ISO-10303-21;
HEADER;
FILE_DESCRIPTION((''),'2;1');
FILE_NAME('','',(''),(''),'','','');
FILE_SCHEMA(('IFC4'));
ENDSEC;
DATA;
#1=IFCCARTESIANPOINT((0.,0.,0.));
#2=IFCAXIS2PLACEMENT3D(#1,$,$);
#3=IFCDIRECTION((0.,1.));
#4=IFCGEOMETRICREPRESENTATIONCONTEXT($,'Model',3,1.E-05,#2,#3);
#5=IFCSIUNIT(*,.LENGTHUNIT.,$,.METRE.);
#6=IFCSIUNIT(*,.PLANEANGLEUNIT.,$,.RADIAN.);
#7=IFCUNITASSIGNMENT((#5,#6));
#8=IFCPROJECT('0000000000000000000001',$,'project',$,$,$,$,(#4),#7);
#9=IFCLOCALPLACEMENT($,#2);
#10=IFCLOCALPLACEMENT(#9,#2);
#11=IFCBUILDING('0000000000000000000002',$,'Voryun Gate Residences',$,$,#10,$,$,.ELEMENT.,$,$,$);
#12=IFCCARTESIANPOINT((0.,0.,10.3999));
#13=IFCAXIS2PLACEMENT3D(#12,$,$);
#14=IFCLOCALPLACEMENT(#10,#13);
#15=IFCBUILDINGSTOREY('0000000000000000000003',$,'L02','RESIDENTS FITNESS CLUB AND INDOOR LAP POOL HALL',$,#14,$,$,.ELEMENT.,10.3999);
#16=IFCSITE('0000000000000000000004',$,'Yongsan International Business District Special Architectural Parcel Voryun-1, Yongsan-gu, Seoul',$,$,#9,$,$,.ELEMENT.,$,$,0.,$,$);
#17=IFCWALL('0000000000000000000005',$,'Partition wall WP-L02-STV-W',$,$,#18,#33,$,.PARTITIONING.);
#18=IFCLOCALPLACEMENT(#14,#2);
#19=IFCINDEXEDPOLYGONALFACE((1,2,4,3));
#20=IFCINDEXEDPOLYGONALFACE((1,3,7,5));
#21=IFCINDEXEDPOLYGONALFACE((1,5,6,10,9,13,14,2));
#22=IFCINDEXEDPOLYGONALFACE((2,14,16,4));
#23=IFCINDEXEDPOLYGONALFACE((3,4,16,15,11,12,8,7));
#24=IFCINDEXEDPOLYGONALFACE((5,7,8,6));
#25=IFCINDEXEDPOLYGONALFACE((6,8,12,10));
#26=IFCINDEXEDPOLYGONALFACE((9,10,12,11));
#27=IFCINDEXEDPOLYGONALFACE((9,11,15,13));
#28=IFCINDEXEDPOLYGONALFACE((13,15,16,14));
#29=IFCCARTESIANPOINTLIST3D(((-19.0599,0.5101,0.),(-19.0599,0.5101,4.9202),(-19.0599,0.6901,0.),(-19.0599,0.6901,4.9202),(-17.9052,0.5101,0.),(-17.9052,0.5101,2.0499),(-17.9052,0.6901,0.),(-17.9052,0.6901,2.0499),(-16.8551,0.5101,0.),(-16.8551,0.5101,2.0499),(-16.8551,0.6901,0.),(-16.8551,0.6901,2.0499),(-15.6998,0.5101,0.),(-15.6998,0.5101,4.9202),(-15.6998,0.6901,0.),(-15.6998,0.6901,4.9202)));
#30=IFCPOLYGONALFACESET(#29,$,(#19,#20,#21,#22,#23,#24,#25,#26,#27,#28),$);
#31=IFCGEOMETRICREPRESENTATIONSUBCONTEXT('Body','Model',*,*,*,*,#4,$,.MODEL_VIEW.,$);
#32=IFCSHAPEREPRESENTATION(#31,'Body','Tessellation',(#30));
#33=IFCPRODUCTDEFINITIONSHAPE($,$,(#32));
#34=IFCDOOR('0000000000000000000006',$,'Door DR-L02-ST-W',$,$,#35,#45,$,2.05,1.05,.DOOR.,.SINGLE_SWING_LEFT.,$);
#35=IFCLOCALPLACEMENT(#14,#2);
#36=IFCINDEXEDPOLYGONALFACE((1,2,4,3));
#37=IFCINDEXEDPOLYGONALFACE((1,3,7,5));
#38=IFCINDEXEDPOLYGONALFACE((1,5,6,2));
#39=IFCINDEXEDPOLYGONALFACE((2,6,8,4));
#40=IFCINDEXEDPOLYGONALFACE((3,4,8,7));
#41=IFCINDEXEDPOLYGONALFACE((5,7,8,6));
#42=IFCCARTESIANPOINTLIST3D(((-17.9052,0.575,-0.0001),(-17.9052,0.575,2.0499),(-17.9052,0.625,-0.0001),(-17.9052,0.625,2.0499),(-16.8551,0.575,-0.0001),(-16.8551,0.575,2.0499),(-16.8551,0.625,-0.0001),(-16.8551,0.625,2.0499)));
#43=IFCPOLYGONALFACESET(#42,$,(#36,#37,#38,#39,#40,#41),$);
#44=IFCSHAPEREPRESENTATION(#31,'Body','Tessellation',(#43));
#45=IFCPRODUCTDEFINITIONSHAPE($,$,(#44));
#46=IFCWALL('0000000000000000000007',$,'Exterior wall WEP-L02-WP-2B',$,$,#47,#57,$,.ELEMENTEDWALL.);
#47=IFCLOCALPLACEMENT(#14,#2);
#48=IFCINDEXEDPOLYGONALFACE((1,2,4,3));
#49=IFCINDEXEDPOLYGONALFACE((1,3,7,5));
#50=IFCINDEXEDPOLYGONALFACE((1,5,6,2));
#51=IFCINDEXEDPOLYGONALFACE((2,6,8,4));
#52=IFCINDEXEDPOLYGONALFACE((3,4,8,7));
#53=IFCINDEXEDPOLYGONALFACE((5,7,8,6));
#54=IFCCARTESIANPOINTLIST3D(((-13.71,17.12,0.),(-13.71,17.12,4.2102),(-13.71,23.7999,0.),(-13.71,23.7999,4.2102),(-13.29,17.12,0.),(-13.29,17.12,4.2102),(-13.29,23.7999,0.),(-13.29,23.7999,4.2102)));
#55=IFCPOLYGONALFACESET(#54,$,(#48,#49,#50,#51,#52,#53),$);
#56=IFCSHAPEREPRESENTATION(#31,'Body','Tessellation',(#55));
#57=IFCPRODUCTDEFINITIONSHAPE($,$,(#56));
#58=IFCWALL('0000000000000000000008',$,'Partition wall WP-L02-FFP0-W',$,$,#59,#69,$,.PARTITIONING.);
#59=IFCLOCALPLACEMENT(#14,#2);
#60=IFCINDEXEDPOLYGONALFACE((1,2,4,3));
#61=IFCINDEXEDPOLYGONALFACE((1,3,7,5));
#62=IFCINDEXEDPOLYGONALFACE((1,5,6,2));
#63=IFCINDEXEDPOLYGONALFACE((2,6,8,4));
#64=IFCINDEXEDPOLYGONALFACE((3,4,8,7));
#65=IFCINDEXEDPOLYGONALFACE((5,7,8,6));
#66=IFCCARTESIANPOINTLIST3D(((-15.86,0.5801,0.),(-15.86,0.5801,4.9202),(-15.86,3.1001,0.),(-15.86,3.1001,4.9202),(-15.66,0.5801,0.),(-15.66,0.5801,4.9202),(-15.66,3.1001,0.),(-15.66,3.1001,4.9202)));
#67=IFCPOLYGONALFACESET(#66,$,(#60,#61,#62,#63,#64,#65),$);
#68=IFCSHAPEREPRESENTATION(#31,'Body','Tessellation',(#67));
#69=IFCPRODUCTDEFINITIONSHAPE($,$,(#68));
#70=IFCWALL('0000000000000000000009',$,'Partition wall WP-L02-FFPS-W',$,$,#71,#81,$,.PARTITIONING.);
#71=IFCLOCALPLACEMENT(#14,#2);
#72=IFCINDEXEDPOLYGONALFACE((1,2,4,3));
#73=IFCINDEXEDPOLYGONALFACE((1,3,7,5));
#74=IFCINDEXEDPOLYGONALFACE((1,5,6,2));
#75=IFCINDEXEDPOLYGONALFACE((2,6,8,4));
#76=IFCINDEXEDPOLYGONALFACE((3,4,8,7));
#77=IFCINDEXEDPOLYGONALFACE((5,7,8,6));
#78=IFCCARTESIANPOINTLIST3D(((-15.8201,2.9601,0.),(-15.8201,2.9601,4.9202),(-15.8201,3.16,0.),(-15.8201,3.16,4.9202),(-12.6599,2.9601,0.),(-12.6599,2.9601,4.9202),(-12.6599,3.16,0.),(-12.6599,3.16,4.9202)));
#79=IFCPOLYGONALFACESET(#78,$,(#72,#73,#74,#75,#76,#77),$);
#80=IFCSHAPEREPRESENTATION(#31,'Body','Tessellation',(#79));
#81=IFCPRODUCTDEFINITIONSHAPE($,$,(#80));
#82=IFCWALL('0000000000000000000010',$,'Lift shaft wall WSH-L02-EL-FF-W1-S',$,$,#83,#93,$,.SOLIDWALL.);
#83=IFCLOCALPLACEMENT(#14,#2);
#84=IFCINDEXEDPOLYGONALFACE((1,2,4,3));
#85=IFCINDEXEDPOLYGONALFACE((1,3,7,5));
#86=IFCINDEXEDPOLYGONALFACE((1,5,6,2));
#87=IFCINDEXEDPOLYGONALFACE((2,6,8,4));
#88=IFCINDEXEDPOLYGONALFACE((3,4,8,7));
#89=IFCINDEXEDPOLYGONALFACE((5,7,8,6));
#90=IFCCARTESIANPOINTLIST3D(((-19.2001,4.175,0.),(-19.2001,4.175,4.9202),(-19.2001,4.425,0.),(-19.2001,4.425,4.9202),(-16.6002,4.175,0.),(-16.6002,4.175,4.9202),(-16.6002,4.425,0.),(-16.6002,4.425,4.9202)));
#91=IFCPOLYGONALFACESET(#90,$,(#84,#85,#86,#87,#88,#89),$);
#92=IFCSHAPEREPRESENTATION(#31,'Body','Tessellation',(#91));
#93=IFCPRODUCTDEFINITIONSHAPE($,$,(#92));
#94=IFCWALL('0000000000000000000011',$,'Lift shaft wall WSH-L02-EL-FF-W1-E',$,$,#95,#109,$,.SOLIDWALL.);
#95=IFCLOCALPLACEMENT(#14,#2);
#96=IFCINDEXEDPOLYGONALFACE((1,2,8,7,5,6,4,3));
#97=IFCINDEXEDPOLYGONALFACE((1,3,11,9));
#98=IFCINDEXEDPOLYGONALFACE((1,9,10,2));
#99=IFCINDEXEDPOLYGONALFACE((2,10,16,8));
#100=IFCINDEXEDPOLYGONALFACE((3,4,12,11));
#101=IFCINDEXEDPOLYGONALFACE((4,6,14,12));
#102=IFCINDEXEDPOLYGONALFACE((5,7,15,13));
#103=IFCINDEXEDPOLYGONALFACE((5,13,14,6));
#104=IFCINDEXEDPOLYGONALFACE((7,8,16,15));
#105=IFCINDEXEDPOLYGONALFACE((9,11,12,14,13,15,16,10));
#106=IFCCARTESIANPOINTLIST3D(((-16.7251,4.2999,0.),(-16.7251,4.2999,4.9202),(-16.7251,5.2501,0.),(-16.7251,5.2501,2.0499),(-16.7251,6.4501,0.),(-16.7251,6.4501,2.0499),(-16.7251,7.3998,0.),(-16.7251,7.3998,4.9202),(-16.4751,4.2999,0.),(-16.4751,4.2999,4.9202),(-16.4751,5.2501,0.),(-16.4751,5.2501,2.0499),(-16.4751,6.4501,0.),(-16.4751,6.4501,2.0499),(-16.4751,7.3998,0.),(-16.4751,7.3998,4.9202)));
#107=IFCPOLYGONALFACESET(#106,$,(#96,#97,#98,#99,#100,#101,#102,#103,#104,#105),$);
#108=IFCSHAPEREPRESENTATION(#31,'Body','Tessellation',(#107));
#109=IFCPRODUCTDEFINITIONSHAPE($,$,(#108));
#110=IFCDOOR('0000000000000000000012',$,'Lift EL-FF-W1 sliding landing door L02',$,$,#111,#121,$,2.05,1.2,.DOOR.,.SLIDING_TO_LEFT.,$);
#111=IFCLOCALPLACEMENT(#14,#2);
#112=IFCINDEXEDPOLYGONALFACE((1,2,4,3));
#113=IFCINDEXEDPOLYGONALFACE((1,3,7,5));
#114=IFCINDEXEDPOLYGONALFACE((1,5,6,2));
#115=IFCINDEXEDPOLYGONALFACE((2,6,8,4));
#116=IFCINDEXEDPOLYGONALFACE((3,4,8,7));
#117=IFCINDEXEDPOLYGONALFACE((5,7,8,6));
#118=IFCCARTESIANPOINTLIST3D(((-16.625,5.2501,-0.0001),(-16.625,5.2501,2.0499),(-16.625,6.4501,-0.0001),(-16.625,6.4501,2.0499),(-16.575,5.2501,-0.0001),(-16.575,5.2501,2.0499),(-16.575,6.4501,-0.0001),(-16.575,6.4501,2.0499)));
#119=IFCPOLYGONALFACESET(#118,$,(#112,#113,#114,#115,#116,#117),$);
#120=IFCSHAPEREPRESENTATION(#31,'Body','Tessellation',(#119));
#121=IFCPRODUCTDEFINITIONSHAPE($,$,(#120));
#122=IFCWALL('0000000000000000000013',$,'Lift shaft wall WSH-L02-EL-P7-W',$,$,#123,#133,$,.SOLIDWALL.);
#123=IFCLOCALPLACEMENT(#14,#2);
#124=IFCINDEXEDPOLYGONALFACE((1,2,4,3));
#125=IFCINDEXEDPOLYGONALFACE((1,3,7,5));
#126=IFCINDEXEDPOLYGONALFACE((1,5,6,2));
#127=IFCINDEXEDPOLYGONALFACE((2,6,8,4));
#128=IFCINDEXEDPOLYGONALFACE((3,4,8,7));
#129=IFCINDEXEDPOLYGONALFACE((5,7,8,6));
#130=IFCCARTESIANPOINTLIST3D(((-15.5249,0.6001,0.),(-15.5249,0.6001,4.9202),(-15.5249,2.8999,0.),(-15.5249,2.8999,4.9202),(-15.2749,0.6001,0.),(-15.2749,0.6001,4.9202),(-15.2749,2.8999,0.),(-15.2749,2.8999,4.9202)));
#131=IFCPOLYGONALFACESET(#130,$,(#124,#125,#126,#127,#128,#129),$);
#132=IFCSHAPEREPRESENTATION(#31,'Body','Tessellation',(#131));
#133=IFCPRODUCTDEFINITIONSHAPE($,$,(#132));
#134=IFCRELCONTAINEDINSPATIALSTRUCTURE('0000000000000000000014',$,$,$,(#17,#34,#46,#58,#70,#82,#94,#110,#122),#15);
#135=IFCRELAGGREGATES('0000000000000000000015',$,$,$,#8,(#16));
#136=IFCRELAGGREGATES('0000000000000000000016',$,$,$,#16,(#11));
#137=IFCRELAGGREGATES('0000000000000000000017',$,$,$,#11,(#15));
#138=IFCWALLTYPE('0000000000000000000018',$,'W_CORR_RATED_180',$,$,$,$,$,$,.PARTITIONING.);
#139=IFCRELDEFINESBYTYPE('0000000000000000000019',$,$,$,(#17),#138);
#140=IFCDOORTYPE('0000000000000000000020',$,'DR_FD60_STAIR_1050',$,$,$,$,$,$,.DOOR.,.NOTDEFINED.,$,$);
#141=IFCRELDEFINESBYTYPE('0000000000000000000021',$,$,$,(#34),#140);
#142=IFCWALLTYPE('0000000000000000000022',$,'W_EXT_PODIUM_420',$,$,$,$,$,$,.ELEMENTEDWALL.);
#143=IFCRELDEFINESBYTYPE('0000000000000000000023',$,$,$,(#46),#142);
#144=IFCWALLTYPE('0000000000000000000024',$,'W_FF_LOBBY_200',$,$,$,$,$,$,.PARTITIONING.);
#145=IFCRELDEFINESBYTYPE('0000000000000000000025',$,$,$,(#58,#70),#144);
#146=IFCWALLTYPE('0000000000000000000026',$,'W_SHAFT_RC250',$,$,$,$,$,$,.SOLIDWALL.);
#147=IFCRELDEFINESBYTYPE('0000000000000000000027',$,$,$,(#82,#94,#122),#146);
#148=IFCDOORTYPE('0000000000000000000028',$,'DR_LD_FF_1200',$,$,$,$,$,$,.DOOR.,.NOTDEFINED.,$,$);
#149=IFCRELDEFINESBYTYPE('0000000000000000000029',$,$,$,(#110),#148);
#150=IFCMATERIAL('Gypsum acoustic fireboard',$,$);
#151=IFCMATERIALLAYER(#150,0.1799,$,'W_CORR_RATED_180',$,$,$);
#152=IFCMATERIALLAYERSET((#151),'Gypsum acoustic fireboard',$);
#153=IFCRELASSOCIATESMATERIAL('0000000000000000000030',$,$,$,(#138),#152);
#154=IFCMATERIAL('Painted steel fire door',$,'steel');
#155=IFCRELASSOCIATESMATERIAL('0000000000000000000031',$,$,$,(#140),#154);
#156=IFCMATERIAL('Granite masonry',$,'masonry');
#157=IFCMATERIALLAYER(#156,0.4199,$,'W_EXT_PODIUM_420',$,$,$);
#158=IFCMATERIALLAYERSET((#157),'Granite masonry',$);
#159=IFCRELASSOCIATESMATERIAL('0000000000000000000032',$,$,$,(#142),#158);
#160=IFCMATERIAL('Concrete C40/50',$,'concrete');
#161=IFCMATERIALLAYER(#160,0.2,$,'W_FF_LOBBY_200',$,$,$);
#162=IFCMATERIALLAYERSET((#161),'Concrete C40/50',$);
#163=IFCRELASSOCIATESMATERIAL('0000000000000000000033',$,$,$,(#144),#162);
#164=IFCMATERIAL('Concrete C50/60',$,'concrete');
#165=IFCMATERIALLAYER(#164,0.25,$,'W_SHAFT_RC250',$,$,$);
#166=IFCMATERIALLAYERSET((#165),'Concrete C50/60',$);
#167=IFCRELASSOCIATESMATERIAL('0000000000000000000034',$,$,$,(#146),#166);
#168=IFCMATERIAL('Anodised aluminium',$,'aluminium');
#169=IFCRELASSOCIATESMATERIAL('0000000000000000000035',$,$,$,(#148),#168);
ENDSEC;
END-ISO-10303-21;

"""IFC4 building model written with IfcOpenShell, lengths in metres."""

from ifc_helpers import new_model, si_unit, direction, frame, frame_2d, origin, place, context, subcontext, project, spatial, rectangle, extrude, material, layer, layer_set, type_object, element, fill, save


model = new_model("IFC4")

# Units and contexts
model_context = context("Model", 3, precision=1e-05, world=origin(), true_north=direction((0.0, 1.0)))
body_context = subcontext(model_context, "Body", "Model", "MODEL_VIEW")
ifc_project = project(units=[si_unit("LENGTHUNIT", "METRE"), si_unit("PLANEANGLEUNIT", "RADIAN")], contexts=[model_context])

# Site, building, storey
site_placement = place(None, origin())
site = spatial("IfcSite", under=ifc_project, at=site_placement, Name="Yongsan International Business District Special Architectural Parcel Voryun-1, Yongsan-gu, Seoul", CompositionType="ELEMENT", RefElevation=0.0)
building_placement = place(site_placement, origin())
building = spatial("IfcBuilding", under=site, at=building_placement, Name="Voryun Gate Residences", CompositionType="ELEMENT")
storey_placement = place(building_placement, frame((0.0, 0.0, 10.3999)))
storey = spatial("IfcBuildingStorey", under=building, at=storey_placement, Name="L02", Description="RESIDENTS FITNESS CLUB AND INDOOR LAP POOL HALL", CompositionType="ELEMENT", Elevation=10.3999)

# Wall, opening, door
ifc_material_1 = material(Name="Gypsum acoustic fireboard")
ifc_layer_1 = layer(ifc_material_1, 0.1799, Name="W_CORR_RATED_180")
ifc_layer_set_1 = layer_set([ifc_layer_1], Name="Gypsum acoustic fireboard")
wall_type_1 = type_object("IfcWallType", Name="W_CORR_RATED_180", PredefinedType="PARTITIONING", material=ifc_layer_set_1)
wall_1_placement = place(storey_placement, frame((-19.0601, 0.6001, 0.0), z_axis=(0.0, 0.0, 1.0), x_axis=(1.0, 0.0, 0.0)))
wall_1 = element("IfcWall", 1, at=wall_1_placement, inside=storey, type_object=wall_type_1, Name="Partition wall WP-L02-STV-W", PredefinedType="PARTITIONING", context=body_context, shape_type="SweptSolid", body=[
    extrude(rectangle(XDim=3.3601, YDim=0.1799, at=frame_2d((1.6802, 0.0))), origin(), (0.0, 0.0, 1.0), 4.9202),
])
opening_1_placement = place(wall_1_placement, frame((1.155, 0.0, 0.0)))
opening_1 = element("IfcOpeningElement", 2, at=opening_1_placement, cuts=wall_1, PredefinedType="OPENING", context=body_context, shape_type="SweptSolid", body=[
    extrude(rectangle(XDim=1.05, YDim=2.05, at=frame_2d((0.5249, 1.0249))), frame((0.0, 0.0999, 0.0), z_axis=(0.0, -1.0, 0.0), x_axis=(1.0, 0.0, 0.0)), (0.0, 0.0, 1.0), 0.2),
])
ifc_material_2 = material(Name="Painted steel fire door", Category="steel")
door_type_1 = type_object("IfcDoorType", Name="DR_FD60_STAIR_1050", OperationType="NOTDEFINED", PredefinedType="DOOR", material=ifc_material_2)
door_1_placement = place(opening_1_placement, origin())
door_1 = element("IfcDoor", 3, at=door_1_placement, inside=storey, type_object=door_type_1, Name="Door DR-L02-ST-W", OperationType="SINGLE_SWING_LEFT", OverallHeight=2.05, OverallWidth=1.05, PredefinedType="DOOR", context=body_context, shape_type="SweptSolid", body=[
    extrude(rectangle(XDim=1.05, YDim=2.05, at=frame_2d((0.5249, 1.0249))), frame((0.0, 0.0249, 0.0), z_axis=(0.0, -1.0, 0.0), x_axis=(1.0, 0.0, 0.0)), (0.0, 0.0, 1.0), 0.05),
])
fill(opening_1, door_1)

# Walls
ifc_material_3 = material(Name="Granite masonry", Category="masonry")
ifc_layer_2 = layer(ifc_material_3, 0.4199, Name="W_EXT_PODIUM_420")
ifc_layer_set_2 = layer_set([ifc_layer_2], Name="Granite masonry")
wall_type_2 = type_object("IfcWallType", Name="W_EXT_PODIUM_420", PredefinedType="ELEMENTEDWALL", material=ifc_layer_set_2)
wall_2_placement = place(storey_placement, frame((-13.5, 17.1201, 0.0), z_axis=(0.0, 0.0, 1.0), x_axis=(0.0, 1.0, 0.0)))
element("IfcWall", 4, at=wall_2_placement, inside=storey, type_object=wall_type_2, Name="Exterior wall WEP-L02-WP-2B", PredefinedType="ELEMENTEDWALL", context=body_context, shape_type="SweptSolid", body=[
    extrude(rectangle(XDim=6.6799, YDim=0.4199, at=frame_2d((3.3398, 0.0))), origin(), (0.0, 0.0, 1.0), 4.2102),
])
ifc_material_4 = material(Name="Concrete C40/50", Category="concrete")
ifc_layer_3 = layer(ifc_material_4, 0.2, Name="W_FF_LOBBY_200")
ifc_layer_set_3 = layer_set([ifc_layer_3], Name="Concrete C40/50")
wall_type_3 = type_object("IfcWallType", Name="W_FF_LOBBY_200", PredefinedType="PARTITIONING", material=ifc_layer_set_3)
wall_3_placement = place(storey_placement, frame((-15.76, 0.5801, 0.0), z_axis=(0.0, 0.0, 1.0), x_axis=(0.0, 1.0, 0.0)))
element("IfcWall", 5, at=wall_3_placement, inside=storey, type_object=wall_type_3, Name="Partition wall WP-L02-FFP0-W", PredefinedType="PARTITIONING", context=body_context, shape_type="SweptSolid", body=[
    extrude(rectangle(XDim=2.52, YDim=0.2, at=frame_2d((1.26, 0.0))), origin(), (0.0, 0.0, 1.0), 4.9202),
])
wall_4_placement = place(storey_placement, frame((-15.8201, 3.0601, 0.0), z_axis=(0.0, 0.0, 1.0), x_axis=(1.0, 0.0, 0.0)))
element("IfcWall", 6, at=wall_4_placement, inside=storey, type_object=wall_type_3, Name="Partition wall WP-L02-FFPS-W", PredefinedType="PARTITIONING", context=body_context, shape_type="SweptSolid", body=[
    extrude(rectangle(XDim=3.1602, YDim=0.2, at=frame_2d((1.5801, 0.0))), origin(), (0.0, 0.0, 1.0), 4.9202),
])
ifc_material_5 = material(Name="Concrete C50/60", Category="concrete")
ifc_layer_4 = layer(ifc_material_5, 0.25, Name="W_SHAFT_RC250")
ifc_layer_set_4 = layer_set([ifc_layer_4], Name="Concrete C50/60")
wall_type_4 = type_object("IfcWallType", Name="W_SHAFT_RC250", PredefinedType="SOLIDWALL", material=ifc_layer_set_4)
wall_5_placement = place(storey_placement, frame((-19.2, 4.3, 0.0), z_axis=(0.0, 0.0, 1.0), x_axis=(1.0, 0.0, 0.0)))
element("IfcWall", 7, at=wall_5_placement, inside=storey, type_object=wall_type_4, Name="Lift shaft wall WSH-L02-EL-FF-W1-S", PredefinedType="SOLIDWALL", context=body_context, shape_type="SweptSolid", body=[
    extrude(rectangle(XDim=2.5999, YDim=0.25, at=frame_2d((1.2998, 0.0))), origin(), (0.0, 0.0, 1.0), 4.9202),
])

# Wall, opening, door
wall_6_placement = place(storey_placement, frame((-16.6001, 4.3, 0.0), z_axis=(0.0, 0.0, 1.0), x_axis=(0.0, 1.0, 0.0)))
wall_6 = element("IfcWall", 8, at=wall_6_placement, inside=storey, type_object=wall_type_4, Name="Lift shaft wall WSH-L02-EL-FF-W1-E", PredefinedType="SOLIDWALL", context=body_context, shape_type="SweptSolid", body=[
    extrude(rectangle(XDim=3.0999, YDim=0.25, at=frame_2d((1.5498, 0.0))), origin(), (0.0, 0.0, 1.0), 4.9202),
])
opening_2_placement = place(wall_6_placement, frame((0.95, 0.0, 0.0)))
opening_2 = element("IfcOpeningElement", 9, at=opening_2_placement, cuts=wall_6, PredefinedType="OPENING", context=body_context, shape_type="SweptSolid", body=[
    extrude(rectangle(XDim=1.2, YDim=2.05, at=frame_2d((0.6001, 1.0249))), frame((0.0, 0.135, 0.0), z_axis=(0.0, -1.0, 0.0), x_axis=(1.0, 0.0, 0.0)), (0.0, 0.0, 1.0), 0.27),
])
ifc_material_6 = material(Name="Anodised aluminium", Category="aluminium")
door_type_2 = type_object("IfcDoorType", Name="DR_LD_FF_1200", OperationType="NOTDEFINED", PredefinedType="DOOR", material=ifc_material_6)
door_2_placement = place(opening_2_placement, origin())
door_2 = element("IfcDoor", 10, at=door_2_placement, inside=storey, type_object=door_type_2, Name="Lift EL-FF-W1 sliding landing door L02", OperationType="SLIDING_TO_LEFT", OverallHeight=2.05, OverallWidth=1.2, PredefinedType="DOOR", context=body_context, shape_type="SweptSolid", body=[
    extrude(rectangle(XDim=1.2, YDim=2.05, at=frame_2d((0.6001, 1.0249))), frame((0.0, 0.0249, 0.0), z_axis=(0.0, -1.0, 0.0), x_axis=(1.0, 0.0, 0.0)), (0.0, 0.0, 1.0), 0.05),
])
fill(opening_2, door_2)

# Wall
wall_7_placement = place(storey_placement, frame((-15.3999, 2.8999, 0.0), z_axis=(0.0, 0.0, 1.0), x_axis=(0.0, -1.0, 0.0)))
element("IfcWall", 11, at=wall_7_placement, inside=storey, type_object=wall_type_4, Name="Lift shaft wall WSH-L02-EL-P7-W", PredefinedType="SOLIDWALL", context=body_context, shape_type="SweptSolid", body=[
    extrude(rectangle(XDim=2.2998, YDim=0.25, at=frame_2d((1.1499, 0.0))), origin(), (0.0, 0.0, 1.0), 4.9202),
])

save(model, "model.ifc")
